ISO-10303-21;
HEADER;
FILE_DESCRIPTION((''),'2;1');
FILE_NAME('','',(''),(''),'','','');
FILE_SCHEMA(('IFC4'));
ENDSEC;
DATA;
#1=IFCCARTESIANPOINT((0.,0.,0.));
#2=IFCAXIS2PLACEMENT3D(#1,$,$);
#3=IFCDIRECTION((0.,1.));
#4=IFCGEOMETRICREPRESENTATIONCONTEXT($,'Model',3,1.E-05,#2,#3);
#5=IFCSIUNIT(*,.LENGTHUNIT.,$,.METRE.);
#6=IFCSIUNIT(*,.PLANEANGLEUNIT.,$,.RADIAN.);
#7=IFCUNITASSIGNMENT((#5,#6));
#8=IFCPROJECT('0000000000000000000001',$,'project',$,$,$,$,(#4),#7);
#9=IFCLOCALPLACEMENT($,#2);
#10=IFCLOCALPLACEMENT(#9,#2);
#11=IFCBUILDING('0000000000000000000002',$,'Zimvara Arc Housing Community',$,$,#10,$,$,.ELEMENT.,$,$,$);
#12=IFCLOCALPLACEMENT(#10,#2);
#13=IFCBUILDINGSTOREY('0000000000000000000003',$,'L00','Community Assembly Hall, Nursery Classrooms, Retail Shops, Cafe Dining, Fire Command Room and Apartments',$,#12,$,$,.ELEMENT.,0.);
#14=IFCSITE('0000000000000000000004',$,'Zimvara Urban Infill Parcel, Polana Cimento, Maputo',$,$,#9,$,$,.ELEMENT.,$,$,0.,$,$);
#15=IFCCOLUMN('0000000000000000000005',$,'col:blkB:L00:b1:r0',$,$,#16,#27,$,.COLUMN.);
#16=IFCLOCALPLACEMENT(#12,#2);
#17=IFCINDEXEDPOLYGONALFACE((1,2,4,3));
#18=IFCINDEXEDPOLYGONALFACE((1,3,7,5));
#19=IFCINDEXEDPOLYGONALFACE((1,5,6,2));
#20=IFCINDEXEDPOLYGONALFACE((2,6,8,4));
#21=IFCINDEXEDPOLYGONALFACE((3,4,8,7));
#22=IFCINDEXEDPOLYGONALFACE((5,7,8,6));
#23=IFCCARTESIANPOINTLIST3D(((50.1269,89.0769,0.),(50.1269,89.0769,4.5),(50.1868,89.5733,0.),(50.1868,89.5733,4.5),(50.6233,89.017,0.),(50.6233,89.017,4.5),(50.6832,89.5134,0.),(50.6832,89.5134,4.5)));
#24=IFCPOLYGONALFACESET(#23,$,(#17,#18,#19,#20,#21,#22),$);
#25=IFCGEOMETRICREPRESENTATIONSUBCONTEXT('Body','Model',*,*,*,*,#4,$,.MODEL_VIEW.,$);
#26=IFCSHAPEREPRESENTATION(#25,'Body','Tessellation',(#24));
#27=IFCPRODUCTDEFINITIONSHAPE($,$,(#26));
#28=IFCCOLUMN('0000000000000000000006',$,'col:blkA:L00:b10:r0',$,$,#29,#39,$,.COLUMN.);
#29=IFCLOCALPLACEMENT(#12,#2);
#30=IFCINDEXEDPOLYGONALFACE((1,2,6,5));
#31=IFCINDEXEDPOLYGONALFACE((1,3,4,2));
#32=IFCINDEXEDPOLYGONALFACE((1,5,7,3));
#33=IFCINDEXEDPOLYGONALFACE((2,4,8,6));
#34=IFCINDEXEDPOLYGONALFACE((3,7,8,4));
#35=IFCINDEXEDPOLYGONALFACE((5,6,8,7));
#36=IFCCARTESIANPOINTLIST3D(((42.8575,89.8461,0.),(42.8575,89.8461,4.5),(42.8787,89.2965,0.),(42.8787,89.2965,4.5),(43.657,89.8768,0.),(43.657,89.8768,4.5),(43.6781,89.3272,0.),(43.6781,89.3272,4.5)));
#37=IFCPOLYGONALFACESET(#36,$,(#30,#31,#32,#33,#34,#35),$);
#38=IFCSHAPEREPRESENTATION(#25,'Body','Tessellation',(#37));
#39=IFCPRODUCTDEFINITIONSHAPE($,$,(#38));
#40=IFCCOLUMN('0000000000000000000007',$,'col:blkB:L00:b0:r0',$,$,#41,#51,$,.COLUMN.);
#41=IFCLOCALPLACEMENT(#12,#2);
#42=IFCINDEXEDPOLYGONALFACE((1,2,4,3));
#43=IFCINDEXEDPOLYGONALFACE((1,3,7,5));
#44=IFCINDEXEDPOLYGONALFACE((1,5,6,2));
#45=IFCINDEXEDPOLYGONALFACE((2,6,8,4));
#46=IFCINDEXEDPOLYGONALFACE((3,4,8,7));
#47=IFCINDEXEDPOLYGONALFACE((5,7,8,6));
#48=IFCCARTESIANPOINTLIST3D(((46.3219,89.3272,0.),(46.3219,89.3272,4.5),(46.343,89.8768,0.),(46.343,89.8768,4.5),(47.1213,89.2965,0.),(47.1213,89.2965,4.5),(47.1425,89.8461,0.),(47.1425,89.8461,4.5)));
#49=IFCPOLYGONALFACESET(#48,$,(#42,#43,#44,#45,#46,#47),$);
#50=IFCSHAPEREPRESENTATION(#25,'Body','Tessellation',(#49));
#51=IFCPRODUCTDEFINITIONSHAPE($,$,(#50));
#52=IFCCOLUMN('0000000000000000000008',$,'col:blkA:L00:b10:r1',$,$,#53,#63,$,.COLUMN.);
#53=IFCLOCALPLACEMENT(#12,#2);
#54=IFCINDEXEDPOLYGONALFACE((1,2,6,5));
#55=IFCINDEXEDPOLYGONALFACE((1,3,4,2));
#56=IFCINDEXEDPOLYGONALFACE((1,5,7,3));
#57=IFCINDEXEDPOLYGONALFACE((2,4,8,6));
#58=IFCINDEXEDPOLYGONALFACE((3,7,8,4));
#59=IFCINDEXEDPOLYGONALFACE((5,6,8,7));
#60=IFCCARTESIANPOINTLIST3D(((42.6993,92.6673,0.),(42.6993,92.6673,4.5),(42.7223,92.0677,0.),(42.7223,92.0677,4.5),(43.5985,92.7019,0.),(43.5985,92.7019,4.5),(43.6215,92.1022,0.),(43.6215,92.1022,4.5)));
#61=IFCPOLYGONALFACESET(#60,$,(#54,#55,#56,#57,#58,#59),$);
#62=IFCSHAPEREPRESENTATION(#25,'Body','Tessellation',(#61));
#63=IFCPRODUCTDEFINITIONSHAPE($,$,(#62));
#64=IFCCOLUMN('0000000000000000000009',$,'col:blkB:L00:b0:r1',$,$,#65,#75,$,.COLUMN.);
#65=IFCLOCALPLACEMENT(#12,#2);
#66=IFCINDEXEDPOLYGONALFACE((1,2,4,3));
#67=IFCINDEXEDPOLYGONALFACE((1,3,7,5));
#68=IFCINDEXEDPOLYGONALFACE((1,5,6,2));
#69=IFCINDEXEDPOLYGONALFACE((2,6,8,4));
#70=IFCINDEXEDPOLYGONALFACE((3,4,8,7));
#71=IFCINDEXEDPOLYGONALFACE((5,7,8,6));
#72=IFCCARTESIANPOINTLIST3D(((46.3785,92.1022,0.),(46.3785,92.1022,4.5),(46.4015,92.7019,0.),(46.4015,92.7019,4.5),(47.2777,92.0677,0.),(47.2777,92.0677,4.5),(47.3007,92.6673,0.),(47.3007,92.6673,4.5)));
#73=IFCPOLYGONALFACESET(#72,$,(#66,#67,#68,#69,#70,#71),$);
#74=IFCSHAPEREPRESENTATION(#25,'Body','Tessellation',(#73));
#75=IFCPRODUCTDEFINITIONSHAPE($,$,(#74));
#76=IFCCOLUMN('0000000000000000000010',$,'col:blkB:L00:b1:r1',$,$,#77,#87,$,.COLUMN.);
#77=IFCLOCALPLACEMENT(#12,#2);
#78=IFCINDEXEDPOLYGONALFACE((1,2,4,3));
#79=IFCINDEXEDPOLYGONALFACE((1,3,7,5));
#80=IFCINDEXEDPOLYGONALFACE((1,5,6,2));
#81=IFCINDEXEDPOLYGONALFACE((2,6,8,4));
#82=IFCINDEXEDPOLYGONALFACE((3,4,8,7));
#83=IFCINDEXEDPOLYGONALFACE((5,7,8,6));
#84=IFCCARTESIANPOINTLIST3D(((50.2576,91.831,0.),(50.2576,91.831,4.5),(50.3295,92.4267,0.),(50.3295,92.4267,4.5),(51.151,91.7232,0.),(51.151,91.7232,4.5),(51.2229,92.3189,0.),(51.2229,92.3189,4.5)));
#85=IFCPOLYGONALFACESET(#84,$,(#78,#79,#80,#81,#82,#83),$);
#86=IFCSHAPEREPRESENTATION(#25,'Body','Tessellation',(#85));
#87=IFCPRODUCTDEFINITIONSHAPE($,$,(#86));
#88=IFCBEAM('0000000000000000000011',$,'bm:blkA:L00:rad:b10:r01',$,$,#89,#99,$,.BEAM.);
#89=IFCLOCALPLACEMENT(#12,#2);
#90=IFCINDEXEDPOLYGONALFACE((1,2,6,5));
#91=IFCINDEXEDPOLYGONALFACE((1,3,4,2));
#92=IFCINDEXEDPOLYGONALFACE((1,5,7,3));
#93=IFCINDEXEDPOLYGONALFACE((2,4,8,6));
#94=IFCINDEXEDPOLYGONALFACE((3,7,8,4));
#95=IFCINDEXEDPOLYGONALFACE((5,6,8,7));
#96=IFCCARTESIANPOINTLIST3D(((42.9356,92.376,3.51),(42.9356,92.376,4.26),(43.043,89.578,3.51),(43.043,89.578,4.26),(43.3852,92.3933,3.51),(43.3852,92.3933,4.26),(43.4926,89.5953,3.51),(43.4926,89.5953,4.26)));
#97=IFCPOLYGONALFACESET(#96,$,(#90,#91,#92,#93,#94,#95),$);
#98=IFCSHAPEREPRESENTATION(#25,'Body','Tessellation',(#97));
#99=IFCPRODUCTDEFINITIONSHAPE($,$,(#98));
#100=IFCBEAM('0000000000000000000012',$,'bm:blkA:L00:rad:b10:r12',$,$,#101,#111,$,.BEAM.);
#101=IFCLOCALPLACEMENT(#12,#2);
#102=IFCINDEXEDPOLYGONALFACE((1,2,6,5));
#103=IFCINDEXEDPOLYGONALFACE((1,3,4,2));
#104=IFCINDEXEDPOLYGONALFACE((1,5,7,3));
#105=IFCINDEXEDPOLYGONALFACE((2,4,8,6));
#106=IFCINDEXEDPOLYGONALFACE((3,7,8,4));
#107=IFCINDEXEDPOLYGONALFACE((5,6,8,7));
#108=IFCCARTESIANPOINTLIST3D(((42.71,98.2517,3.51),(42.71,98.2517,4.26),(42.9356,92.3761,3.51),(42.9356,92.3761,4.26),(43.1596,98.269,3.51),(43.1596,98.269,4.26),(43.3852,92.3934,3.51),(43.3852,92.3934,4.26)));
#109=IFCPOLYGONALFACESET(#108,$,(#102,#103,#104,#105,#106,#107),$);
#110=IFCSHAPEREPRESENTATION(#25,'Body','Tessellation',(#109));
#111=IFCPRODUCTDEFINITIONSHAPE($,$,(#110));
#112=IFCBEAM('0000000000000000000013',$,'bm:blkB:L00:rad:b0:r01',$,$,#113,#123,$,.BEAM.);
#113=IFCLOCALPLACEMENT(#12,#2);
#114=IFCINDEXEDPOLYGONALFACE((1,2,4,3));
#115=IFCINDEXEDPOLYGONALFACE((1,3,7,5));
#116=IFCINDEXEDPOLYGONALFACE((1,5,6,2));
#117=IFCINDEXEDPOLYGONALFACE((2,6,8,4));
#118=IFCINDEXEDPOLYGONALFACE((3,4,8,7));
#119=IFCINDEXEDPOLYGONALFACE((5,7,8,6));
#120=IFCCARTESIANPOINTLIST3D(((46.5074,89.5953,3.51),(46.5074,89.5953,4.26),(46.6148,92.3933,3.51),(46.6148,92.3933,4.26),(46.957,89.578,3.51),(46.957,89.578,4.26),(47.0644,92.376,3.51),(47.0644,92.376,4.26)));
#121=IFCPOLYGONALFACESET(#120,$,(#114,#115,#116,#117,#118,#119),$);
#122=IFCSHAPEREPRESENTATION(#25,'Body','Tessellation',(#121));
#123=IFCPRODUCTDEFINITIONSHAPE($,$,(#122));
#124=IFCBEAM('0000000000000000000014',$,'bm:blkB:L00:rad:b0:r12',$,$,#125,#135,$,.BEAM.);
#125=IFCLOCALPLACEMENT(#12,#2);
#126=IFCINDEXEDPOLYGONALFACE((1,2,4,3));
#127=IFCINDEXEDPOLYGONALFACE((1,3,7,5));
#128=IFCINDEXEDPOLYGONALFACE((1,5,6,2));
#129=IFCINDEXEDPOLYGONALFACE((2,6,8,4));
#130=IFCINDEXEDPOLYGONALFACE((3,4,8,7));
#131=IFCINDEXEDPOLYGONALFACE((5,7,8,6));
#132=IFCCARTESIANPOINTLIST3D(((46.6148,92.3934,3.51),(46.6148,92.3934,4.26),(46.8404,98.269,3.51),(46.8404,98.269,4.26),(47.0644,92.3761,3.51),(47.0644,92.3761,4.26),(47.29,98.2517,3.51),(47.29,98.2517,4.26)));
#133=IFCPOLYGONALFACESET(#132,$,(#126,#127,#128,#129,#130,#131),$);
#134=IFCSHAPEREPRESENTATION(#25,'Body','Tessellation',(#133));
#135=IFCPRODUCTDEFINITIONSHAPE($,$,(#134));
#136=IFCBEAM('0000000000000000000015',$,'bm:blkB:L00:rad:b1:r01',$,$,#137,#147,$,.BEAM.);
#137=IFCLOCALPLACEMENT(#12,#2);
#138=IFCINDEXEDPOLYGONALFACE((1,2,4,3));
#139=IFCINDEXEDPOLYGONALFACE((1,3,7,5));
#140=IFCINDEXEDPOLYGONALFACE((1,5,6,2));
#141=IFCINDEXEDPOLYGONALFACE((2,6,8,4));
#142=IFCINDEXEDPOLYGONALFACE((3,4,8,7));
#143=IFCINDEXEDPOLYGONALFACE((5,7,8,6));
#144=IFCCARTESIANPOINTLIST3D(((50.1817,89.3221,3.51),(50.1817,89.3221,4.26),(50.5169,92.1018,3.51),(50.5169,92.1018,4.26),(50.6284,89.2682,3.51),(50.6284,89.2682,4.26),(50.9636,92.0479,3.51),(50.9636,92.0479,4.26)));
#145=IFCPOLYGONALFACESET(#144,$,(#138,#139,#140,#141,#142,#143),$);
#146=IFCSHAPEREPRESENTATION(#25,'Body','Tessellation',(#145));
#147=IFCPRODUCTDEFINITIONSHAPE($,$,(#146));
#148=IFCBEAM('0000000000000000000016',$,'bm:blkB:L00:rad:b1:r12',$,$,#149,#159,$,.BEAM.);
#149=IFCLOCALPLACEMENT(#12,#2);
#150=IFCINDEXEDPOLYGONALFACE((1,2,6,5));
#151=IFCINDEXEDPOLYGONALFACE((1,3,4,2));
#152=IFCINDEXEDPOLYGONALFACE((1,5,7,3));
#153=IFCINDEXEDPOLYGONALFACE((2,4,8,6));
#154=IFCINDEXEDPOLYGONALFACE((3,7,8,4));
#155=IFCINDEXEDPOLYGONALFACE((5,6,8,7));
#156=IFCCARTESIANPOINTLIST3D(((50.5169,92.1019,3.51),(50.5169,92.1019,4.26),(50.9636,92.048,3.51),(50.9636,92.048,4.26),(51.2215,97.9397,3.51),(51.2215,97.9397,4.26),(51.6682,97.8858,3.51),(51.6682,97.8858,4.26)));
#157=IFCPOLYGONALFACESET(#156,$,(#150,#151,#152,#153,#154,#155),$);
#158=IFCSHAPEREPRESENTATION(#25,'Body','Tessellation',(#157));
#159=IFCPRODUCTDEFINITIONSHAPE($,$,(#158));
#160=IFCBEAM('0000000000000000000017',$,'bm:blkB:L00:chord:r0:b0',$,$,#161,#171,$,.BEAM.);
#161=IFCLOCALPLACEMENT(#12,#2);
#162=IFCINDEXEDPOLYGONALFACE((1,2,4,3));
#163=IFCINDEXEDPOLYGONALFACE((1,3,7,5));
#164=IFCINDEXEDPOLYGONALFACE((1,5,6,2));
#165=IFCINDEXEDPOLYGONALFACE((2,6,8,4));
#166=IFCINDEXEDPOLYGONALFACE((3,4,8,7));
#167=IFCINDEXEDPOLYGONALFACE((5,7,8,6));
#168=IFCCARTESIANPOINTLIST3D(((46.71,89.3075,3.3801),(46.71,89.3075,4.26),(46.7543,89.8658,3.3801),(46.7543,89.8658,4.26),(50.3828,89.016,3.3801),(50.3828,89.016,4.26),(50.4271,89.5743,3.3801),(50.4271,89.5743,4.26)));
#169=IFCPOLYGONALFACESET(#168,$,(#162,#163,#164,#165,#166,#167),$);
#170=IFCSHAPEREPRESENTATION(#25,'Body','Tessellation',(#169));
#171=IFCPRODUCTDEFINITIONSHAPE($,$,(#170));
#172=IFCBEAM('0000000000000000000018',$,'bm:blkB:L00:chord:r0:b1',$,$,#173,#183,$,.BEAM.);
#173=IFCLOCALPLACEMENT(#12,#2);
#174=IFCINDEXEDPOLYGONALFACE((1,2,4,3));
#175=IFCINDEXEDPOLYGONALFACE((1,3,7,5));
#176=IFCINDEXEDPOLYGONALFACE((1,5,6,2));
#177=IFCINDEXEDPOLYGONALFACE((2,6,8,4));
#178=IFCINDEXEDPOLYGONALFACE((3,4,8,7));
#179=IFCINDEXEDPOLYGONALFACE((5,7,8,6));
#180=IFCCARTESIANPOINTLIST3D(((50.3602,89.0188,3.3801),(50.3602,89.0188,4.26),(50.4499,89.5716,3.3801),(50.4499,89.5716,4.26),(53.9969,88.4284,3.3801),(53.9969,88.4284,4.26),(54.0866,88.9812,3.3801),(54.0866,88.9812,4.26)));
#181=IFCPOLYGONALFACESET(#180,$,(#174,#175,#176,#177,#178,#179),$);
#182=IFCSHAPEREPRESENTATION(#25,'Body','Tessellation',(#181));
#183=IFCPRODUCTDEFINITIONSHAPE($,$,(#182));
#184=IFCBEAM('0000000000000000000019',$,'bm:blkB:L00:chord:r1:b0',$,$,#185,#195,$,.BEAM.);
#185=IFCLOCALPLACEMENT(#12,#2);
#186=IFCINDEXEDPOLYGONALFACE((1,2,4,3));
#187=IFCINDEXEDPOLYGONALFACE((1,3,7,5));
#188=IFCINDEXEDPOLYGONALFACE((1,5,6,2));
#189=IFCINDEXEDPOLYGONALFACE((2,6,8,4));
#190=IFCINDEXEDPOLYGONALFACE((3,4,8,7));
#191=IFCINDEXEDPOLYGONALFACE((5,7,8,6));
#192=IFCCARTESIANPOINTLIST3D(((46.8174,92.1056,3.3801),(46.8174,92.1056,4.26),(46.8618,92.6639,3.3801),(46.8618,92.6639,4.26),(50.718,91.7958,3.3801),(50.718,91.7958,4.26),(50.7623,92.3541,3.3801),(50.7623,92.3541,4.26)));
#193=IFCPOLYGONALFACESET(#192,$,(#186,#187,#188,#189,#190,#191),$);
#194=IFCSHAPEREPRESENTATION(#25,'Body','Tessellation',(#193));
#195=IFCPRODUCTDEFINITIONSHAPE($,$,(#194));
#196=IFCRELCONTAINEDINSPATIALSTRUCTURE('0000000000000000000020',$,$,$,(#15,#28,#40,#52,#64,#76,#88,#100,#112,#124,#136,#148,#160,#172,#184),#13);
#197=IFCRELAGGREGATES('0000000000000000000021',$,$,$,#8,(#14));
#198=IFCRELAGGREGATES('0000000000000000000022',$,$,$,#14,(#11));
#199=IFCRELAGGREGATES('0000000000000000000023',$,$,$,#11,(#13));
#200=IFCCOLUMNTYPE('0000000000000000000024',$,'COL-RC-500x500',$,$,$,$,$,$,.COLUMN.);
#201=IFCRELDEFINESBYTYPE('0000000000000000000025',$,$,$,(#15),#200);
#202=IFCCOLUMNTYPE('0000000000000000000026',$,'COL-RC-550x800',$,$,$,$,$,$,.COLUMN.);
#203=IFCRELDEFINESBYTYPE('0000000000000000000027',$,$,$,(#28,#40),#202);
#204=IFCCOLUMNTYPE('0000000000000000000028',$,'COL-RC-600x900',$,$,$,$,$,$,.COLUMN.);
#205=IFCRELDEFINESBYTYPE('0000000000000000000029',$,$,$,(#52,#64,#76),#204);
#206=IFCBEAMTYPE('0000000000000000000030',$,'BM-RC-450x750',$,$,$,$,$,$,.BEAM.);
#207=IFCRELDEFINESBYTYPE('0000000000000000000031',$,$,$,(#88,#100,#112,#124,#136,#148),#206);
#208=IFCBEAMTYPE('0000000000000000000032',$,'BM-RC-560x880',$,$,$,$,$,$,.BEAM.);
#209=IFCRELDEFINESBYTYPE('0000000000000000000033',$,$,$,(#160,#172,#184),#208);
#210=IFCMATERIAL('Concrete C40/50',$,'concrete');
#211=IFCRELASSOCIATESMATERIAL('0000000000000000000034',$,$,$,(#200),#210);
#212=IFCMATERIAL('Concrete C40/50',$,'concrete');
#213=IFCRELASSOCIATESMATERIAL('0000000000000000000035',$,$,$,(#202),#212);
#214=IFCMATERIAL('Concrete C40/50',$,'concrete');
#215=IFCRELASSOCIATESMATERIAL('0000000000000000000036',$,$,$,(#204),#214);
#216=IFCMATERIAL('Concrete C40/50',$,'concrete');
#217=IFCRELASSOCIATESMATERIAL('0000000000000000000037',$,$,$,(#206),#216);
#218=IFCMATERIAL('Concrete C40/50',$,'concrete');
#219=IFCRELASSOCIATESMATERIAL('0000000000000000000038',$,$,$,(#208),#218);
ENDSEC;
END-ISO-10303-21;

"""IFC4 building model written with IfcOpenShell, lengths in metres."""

from ifc_helpers import new_model, si_unit, direction, frame, origin, origin_2d, place, context, subcontext, project, spatial, rectangle, extrude, material, material_profile, profile_set, type_object, element, save


model = new_model("IFC4")

# Units and contexts
model_context = context("Model", 3, precision=1e-05, world=origin(), true_north=direction((0.0, 1.0)))
body_context = subcontext(model_context, "Body", "Model", "MODEL_VIEW")
ifc_project = project(units=[si_unit("LENGTHUNIT", "METRE"), si_unit("PLANEANGLEUNIT", "RADIAN")], contexts=[model_context])

# Site, building, storey
site_placement = place(None, origin())
site = spatial("IfcSite", under=ifc_project, at=site_placement, Name="Zimvara Urban Infill Parcel, Polana Cimento, Maputo", CompositionType="ELEMENT", RefElevation=0.0)
building_placement = place(site_placement, origin())
building = spatial("IfcBuilding", under=site, at=building_placement, Name="Zimvara Arc Housing Community", CompositionType="ELEMENT")
storey_placement = place(building_placement, origin())
storey = spatial("IfcBuildingStorey", under=building, at=storey_placement, Name="L00", Description="Community Assembly Hall, Nursery Classrooms, Retail Shops, Cafe Dining, Fire Command Room and Apartments", CompositionType="ELEMENT", Elevation=0.0)

# Columns
ifc_material_1 = material(Name="Concrete C40/50", Category="concrete")
ifc_material_profile_1 = material_profile(ifc_material_1, rectangle(XDim=0.5, YDim=0.5, at=origin_2d()), Name="RC 500x500")
ifc_profile_set_1 = profile_set([ifc_material_profile_1], Name="Concrete C40/50")
column_type_1 = type_object("IfcColumnType", Name="COL-RC-500x500", PredefinedType="COLUMN", material=ifc_profile_set_1)
column_placement = place(storey_placement, frame((50.405, 89.2952, 0.0), z_axis=(0.0, 0.0, 1.0), x_axis=(0.11979, 0.992799, 0.0)))
element("IfcColumn", 1, at=column_placement, inside=storey, type_object=column_type_1, Name="col:blkB:L00:b1:r0", PredefinedType="COLUMN", context=body_context, shape_type="SweptSolid", body=[
    extrude(rectangle(XDim=0.5, YDim=0.5, at=origin_2d()), origin(), (0.0, 0.0, 1.0), 4.5),
])
ifc_material_2 = material(Name="Concrete C40/50", Category="concrete")
ifc_material_profile_2 = material_profile(ifc_material_2, rectangle(XDim=0.55, YDim=0.8, at=origin_2d()), Name="RC 550x800")
ifc_profile_set_2 = profile_set([ifc_material_profile_2], Name="Concrete C40/50")
column_type_2 = type_object("IfcColumnType", Name="COL-RC-550x800", PredefinedType="COLUMN", material=ifc_profile_set_2)
for number, where, z_axis, x_axis, name in (
    (2, (43.2678, 89.5867, 0.0), (0.0, 0.0, 1.0), (-0.038388, 0.999263, 0.0), "col:blkA:L00:b10:r0"),
    (3, (46.7322, 89.5867, 0.0), (0.0, 0.0, 1.0), (0.038388, 0.999263, 0.0), "col:blkB:L00:b0:r0"),
):
    element("IfcColumn", number, at=place(storey_placement, frame(where, z_axis=z_axis, x_axis=x_axis)), inside=storey, type_object=column_type_2, Name=name, PredefinedType="COLUMN", context=body_context, shape_type="SweptSolid", body=[
        extrude(rectangle(XDim=0.55, YDim=0.8, at=origin_2d()), origin(), (0.0, 0.0, 1.0), 4.5),
    ])
ifc_material_3 = material(Name="Concrete C40/50", Category="concrete")
ifc_material_profile_3 = material_profile(ifc_material_3, rectangle(XDim=0.6001, YDim=0.8999, at=origin_2d()), Name="RC 600x900")
ifc_profile_set_3 = profile_set([ifc_material_profile_3], Name="Concrete C40/50")
column_type_3 = type_object("IfcColumnType", Name="COL-RC-600x900", PredefinedType="COLUMN", material=ifc_profile_set_3)
for number, where, z_axis, x_axis, name in (
    (4, (43.1604, 92.3848, 0.0), (0.0, 0.0, 1.0), (-0.038388, 0.999263, 0.0), "col:blkA:L00:b10:r1"),
    (5, (46.8396, 92.3848, 0.0), (0.0, 0.0, 1.0), (0.038388, 0.999263, 0.0), "col:blkB:L00:b0:r1"),
    (6, (50.7402, 92.075, 0.0), (0.0, 0.0, 1.0), (0.11979, 0.992799, 0.0), "col:blkB:L00:b1:r1"),
):
    element("IfcColumn", number, at=place(storey_placement, frame(where, z_axis=z_axis, x_axis=x_axis)), inside=storey, type_object=column_type_3, Name=name, PredefinedType="COLUMN", context=body_context, shape_type="SweptSolid", body=[
        extrude(rectangle(XDim=0.6001, YDim=0.8999, at=origin_2d()), origin(), (0.0, 0.0, 1.0), 4.5),
    ])

# Beams
ifc_material_4 = material(Name="Concrete C40/50", Category="concrete")
ifc_material_profile_4 = material_profile(ifc_material_4, rectangle(XDim=0.45, YDim=0.75, at=origin_2d()), Name="RC 450x750")
ifc_profile_set_4 = profile_set([ifc_material_profile_4], Name="Concrete C40/50")
beam_type_1 = type_object("IfcBeamType", Name="BM-RC-450x750", PredefinedType="BEAM", material=ifc_profile_set_4)
beam_1_placement = place(storey_placement, frame((43.2678, 89.5867, 3.885), z_axis=(-0.038363, 0.999264, 0.0), x_axis=(-0.999264, -0.038363, 0.0)))
element("IfcBeam", 7, at=beam_1_placement, inside=storey, type_object=beam_type_1, Name="bm:blkA:L00:rad:b10:r01", PredefinedType="BEAM", context=body_context, shape_type="SweptSolid", body=[
    extrude(rectangle(XDim=0.45, YDim=0.75, at=origin_2d()), origin(), (0.0, 0.0, 1.0), 2.8),
])
beam_2_placement = place(storey_placement, frame((43.1604, 92.3848, 3.885), z_axis=(-0.038366, 0.999264, 0.0), x_axis=(-0.999264, -0.038366, 0.0)))
element("IfcBeam", 8, at=beam_2_placement, inside=storey, type_object=beam_type_1, Name="bm:blkA:L00:rad:b10:r12", PredefinedType="BEAM", context=body_context, shape_type="SweptSolid", body=[
    extrude(rectangle(XDim=0.45, YDim=0.75, at=origin_2d()), origin(), (0.0, 0.0, 1.0), 5.8799),
])
beam_3_placement = place(storey_placement, frame((46.7322, 89.5867, 3.885), z_axis=(0.038363, 0.999264, 0.0), x_axis=(-0.999264, 0.038363, 0.0)))
element("IfcBeam", 9, at=beam_3_placement, inside=storey, type_object=beam_type_1, Name="bm:blkB:L00:rad:b0:r01", PredefinedType="BEAM", context=body_context, shape_type="SweptSolid", body=[
    extrude(rectangle(XDim=0.45, YDim=0.75, at=origin_2d()), origin(), (0.0, 0.0, 1.0), 2.8),
])
beam_4_placement = place(storey_placement, frame((46.8396, 92.3848, 3.885), z_axis=(0.038366, 0.999264, 0.0), x_axis=(-0.999264, 0.038366, 0.0)))
element("IfcBeam", 10, at=beam_4_placement, inside=storey, type_object=beam_type_1, Name="bm:blkB:L00:rad:b0:r12", PredefinedType="BEAM", context=body_context, shape_type="SweptSolid", body=[
    extrude(rectangle(XDim=0.45, YDim=0.75, at=origin_2d()), origin(), (0.0, 0.0, 1.0), 5.8799),
])
beam_5_placement = place(storey_placement, frame((50.405, 89.2952, 3.885), z_axis=(0.119719, 0.992808, 0.0), x_axis=(-0.992808, 0.119719, 0.0)))
element("IfcBeam", 11, at=beam_5_placement, inside=storey, type_object=beam_type_1, Name="bm:blkB:L00:rad:b1:r01", PredefinedType="BEAM", context=body_context, shape_type="SweptSolid", body=[
    extrude(rectangle(XDim=0.45, YDim=0.75, at=origin_2d()), origin(), (0.0, 0.0, 1.0), 2.7998),
])
beam_6_placement = place(storey_placement, frame((50.7402, 92.075, 3.885), z_axis=(0.119828, 0.992795, 0.0), x_axis=(-0.992795, 0.119828, 0.0)))
element("IfcBeam", 12, at=beam_6_placement, inside=storey, type_object=beam_type_1, Name="bm:blkB:L00:rad:b1:r12", PredefinedType="BEAM", context=body_context, shape_type="SweptSolid", body=[
    extrude(rectangle(XDim=0.45, YDim=0.75, at=origin_2d()), origin(), (0.0, 0.0, 1.0), 5.8801),
])
ifc_material_5 = material(Name="Concrete C40/50", Category="concrete")
ifc_material_profile_5 = material_profile(ifc_material_5, rectangle(XDim=0.5601, YDim=0.8799, at=origin_2d()), Name="RC 560x880")
ifc_profile_set_5 = profile_set([ifc_material_profile_5], Name="Concrete C40/50")
beam_type_2 = type_object("IfcBeamType", Name="BM-RC-560x880", PredefinedType="BEAM", material=ifc_profile_set_5)
for number, where, z_axis, x_axis, name in (
    (13, (46.7322, 89.5867, 3.8201), (0.996865, -0.079118, 0.0), (0.079118, 0.996865, 0.0), "bm:blkB:L00:chord:r0:b0"),
    (14, (50.405, 89.2952, 3.8201), (0.98708, -0.160228, 0.0), (0.160228, 0.98708, 0.0), "bm:blkB:L00:chord:r0:b1"),
):
    element("IfcBeam", number, at=place(storey_placement, frame(where, z_axis=z_axis, x_axis=x_axis)), inside=storey, type_object=beam_type_2, Name=name, PredefinedType="BEAM", context=body_context, shape_type="SweptSolid", body=[
        extrude(rectangle(XDim=0.5601, YDim=0.8799, at=origin_2d()), origin(), (0.0, 0.0, 1.0), 3.6843),
    ])
beam_7_placement = place(storey_placement, frame((46.8396, 92.3848, 3.8201), z_axis=(0.996861, -0.079177, 0.0), x_axis=(0.079177, 0.996861, 0.0)))
element("IfcBeam", 15, at=beam_7_placement, inside=storey, type_object=beam_type_2, Name="bm:blkB:L00:chord:r1:b0", PredefinedType="BEAM", context=body_context, shape_type="SweptSolid", body=[
    extrude(rectangle(XDim=0.5601, YDim=0.8799, at=origin_2d()), origin(), (0.0, 0.0, 1.0), 3.9128),
])

save(model, "model.ifc")
